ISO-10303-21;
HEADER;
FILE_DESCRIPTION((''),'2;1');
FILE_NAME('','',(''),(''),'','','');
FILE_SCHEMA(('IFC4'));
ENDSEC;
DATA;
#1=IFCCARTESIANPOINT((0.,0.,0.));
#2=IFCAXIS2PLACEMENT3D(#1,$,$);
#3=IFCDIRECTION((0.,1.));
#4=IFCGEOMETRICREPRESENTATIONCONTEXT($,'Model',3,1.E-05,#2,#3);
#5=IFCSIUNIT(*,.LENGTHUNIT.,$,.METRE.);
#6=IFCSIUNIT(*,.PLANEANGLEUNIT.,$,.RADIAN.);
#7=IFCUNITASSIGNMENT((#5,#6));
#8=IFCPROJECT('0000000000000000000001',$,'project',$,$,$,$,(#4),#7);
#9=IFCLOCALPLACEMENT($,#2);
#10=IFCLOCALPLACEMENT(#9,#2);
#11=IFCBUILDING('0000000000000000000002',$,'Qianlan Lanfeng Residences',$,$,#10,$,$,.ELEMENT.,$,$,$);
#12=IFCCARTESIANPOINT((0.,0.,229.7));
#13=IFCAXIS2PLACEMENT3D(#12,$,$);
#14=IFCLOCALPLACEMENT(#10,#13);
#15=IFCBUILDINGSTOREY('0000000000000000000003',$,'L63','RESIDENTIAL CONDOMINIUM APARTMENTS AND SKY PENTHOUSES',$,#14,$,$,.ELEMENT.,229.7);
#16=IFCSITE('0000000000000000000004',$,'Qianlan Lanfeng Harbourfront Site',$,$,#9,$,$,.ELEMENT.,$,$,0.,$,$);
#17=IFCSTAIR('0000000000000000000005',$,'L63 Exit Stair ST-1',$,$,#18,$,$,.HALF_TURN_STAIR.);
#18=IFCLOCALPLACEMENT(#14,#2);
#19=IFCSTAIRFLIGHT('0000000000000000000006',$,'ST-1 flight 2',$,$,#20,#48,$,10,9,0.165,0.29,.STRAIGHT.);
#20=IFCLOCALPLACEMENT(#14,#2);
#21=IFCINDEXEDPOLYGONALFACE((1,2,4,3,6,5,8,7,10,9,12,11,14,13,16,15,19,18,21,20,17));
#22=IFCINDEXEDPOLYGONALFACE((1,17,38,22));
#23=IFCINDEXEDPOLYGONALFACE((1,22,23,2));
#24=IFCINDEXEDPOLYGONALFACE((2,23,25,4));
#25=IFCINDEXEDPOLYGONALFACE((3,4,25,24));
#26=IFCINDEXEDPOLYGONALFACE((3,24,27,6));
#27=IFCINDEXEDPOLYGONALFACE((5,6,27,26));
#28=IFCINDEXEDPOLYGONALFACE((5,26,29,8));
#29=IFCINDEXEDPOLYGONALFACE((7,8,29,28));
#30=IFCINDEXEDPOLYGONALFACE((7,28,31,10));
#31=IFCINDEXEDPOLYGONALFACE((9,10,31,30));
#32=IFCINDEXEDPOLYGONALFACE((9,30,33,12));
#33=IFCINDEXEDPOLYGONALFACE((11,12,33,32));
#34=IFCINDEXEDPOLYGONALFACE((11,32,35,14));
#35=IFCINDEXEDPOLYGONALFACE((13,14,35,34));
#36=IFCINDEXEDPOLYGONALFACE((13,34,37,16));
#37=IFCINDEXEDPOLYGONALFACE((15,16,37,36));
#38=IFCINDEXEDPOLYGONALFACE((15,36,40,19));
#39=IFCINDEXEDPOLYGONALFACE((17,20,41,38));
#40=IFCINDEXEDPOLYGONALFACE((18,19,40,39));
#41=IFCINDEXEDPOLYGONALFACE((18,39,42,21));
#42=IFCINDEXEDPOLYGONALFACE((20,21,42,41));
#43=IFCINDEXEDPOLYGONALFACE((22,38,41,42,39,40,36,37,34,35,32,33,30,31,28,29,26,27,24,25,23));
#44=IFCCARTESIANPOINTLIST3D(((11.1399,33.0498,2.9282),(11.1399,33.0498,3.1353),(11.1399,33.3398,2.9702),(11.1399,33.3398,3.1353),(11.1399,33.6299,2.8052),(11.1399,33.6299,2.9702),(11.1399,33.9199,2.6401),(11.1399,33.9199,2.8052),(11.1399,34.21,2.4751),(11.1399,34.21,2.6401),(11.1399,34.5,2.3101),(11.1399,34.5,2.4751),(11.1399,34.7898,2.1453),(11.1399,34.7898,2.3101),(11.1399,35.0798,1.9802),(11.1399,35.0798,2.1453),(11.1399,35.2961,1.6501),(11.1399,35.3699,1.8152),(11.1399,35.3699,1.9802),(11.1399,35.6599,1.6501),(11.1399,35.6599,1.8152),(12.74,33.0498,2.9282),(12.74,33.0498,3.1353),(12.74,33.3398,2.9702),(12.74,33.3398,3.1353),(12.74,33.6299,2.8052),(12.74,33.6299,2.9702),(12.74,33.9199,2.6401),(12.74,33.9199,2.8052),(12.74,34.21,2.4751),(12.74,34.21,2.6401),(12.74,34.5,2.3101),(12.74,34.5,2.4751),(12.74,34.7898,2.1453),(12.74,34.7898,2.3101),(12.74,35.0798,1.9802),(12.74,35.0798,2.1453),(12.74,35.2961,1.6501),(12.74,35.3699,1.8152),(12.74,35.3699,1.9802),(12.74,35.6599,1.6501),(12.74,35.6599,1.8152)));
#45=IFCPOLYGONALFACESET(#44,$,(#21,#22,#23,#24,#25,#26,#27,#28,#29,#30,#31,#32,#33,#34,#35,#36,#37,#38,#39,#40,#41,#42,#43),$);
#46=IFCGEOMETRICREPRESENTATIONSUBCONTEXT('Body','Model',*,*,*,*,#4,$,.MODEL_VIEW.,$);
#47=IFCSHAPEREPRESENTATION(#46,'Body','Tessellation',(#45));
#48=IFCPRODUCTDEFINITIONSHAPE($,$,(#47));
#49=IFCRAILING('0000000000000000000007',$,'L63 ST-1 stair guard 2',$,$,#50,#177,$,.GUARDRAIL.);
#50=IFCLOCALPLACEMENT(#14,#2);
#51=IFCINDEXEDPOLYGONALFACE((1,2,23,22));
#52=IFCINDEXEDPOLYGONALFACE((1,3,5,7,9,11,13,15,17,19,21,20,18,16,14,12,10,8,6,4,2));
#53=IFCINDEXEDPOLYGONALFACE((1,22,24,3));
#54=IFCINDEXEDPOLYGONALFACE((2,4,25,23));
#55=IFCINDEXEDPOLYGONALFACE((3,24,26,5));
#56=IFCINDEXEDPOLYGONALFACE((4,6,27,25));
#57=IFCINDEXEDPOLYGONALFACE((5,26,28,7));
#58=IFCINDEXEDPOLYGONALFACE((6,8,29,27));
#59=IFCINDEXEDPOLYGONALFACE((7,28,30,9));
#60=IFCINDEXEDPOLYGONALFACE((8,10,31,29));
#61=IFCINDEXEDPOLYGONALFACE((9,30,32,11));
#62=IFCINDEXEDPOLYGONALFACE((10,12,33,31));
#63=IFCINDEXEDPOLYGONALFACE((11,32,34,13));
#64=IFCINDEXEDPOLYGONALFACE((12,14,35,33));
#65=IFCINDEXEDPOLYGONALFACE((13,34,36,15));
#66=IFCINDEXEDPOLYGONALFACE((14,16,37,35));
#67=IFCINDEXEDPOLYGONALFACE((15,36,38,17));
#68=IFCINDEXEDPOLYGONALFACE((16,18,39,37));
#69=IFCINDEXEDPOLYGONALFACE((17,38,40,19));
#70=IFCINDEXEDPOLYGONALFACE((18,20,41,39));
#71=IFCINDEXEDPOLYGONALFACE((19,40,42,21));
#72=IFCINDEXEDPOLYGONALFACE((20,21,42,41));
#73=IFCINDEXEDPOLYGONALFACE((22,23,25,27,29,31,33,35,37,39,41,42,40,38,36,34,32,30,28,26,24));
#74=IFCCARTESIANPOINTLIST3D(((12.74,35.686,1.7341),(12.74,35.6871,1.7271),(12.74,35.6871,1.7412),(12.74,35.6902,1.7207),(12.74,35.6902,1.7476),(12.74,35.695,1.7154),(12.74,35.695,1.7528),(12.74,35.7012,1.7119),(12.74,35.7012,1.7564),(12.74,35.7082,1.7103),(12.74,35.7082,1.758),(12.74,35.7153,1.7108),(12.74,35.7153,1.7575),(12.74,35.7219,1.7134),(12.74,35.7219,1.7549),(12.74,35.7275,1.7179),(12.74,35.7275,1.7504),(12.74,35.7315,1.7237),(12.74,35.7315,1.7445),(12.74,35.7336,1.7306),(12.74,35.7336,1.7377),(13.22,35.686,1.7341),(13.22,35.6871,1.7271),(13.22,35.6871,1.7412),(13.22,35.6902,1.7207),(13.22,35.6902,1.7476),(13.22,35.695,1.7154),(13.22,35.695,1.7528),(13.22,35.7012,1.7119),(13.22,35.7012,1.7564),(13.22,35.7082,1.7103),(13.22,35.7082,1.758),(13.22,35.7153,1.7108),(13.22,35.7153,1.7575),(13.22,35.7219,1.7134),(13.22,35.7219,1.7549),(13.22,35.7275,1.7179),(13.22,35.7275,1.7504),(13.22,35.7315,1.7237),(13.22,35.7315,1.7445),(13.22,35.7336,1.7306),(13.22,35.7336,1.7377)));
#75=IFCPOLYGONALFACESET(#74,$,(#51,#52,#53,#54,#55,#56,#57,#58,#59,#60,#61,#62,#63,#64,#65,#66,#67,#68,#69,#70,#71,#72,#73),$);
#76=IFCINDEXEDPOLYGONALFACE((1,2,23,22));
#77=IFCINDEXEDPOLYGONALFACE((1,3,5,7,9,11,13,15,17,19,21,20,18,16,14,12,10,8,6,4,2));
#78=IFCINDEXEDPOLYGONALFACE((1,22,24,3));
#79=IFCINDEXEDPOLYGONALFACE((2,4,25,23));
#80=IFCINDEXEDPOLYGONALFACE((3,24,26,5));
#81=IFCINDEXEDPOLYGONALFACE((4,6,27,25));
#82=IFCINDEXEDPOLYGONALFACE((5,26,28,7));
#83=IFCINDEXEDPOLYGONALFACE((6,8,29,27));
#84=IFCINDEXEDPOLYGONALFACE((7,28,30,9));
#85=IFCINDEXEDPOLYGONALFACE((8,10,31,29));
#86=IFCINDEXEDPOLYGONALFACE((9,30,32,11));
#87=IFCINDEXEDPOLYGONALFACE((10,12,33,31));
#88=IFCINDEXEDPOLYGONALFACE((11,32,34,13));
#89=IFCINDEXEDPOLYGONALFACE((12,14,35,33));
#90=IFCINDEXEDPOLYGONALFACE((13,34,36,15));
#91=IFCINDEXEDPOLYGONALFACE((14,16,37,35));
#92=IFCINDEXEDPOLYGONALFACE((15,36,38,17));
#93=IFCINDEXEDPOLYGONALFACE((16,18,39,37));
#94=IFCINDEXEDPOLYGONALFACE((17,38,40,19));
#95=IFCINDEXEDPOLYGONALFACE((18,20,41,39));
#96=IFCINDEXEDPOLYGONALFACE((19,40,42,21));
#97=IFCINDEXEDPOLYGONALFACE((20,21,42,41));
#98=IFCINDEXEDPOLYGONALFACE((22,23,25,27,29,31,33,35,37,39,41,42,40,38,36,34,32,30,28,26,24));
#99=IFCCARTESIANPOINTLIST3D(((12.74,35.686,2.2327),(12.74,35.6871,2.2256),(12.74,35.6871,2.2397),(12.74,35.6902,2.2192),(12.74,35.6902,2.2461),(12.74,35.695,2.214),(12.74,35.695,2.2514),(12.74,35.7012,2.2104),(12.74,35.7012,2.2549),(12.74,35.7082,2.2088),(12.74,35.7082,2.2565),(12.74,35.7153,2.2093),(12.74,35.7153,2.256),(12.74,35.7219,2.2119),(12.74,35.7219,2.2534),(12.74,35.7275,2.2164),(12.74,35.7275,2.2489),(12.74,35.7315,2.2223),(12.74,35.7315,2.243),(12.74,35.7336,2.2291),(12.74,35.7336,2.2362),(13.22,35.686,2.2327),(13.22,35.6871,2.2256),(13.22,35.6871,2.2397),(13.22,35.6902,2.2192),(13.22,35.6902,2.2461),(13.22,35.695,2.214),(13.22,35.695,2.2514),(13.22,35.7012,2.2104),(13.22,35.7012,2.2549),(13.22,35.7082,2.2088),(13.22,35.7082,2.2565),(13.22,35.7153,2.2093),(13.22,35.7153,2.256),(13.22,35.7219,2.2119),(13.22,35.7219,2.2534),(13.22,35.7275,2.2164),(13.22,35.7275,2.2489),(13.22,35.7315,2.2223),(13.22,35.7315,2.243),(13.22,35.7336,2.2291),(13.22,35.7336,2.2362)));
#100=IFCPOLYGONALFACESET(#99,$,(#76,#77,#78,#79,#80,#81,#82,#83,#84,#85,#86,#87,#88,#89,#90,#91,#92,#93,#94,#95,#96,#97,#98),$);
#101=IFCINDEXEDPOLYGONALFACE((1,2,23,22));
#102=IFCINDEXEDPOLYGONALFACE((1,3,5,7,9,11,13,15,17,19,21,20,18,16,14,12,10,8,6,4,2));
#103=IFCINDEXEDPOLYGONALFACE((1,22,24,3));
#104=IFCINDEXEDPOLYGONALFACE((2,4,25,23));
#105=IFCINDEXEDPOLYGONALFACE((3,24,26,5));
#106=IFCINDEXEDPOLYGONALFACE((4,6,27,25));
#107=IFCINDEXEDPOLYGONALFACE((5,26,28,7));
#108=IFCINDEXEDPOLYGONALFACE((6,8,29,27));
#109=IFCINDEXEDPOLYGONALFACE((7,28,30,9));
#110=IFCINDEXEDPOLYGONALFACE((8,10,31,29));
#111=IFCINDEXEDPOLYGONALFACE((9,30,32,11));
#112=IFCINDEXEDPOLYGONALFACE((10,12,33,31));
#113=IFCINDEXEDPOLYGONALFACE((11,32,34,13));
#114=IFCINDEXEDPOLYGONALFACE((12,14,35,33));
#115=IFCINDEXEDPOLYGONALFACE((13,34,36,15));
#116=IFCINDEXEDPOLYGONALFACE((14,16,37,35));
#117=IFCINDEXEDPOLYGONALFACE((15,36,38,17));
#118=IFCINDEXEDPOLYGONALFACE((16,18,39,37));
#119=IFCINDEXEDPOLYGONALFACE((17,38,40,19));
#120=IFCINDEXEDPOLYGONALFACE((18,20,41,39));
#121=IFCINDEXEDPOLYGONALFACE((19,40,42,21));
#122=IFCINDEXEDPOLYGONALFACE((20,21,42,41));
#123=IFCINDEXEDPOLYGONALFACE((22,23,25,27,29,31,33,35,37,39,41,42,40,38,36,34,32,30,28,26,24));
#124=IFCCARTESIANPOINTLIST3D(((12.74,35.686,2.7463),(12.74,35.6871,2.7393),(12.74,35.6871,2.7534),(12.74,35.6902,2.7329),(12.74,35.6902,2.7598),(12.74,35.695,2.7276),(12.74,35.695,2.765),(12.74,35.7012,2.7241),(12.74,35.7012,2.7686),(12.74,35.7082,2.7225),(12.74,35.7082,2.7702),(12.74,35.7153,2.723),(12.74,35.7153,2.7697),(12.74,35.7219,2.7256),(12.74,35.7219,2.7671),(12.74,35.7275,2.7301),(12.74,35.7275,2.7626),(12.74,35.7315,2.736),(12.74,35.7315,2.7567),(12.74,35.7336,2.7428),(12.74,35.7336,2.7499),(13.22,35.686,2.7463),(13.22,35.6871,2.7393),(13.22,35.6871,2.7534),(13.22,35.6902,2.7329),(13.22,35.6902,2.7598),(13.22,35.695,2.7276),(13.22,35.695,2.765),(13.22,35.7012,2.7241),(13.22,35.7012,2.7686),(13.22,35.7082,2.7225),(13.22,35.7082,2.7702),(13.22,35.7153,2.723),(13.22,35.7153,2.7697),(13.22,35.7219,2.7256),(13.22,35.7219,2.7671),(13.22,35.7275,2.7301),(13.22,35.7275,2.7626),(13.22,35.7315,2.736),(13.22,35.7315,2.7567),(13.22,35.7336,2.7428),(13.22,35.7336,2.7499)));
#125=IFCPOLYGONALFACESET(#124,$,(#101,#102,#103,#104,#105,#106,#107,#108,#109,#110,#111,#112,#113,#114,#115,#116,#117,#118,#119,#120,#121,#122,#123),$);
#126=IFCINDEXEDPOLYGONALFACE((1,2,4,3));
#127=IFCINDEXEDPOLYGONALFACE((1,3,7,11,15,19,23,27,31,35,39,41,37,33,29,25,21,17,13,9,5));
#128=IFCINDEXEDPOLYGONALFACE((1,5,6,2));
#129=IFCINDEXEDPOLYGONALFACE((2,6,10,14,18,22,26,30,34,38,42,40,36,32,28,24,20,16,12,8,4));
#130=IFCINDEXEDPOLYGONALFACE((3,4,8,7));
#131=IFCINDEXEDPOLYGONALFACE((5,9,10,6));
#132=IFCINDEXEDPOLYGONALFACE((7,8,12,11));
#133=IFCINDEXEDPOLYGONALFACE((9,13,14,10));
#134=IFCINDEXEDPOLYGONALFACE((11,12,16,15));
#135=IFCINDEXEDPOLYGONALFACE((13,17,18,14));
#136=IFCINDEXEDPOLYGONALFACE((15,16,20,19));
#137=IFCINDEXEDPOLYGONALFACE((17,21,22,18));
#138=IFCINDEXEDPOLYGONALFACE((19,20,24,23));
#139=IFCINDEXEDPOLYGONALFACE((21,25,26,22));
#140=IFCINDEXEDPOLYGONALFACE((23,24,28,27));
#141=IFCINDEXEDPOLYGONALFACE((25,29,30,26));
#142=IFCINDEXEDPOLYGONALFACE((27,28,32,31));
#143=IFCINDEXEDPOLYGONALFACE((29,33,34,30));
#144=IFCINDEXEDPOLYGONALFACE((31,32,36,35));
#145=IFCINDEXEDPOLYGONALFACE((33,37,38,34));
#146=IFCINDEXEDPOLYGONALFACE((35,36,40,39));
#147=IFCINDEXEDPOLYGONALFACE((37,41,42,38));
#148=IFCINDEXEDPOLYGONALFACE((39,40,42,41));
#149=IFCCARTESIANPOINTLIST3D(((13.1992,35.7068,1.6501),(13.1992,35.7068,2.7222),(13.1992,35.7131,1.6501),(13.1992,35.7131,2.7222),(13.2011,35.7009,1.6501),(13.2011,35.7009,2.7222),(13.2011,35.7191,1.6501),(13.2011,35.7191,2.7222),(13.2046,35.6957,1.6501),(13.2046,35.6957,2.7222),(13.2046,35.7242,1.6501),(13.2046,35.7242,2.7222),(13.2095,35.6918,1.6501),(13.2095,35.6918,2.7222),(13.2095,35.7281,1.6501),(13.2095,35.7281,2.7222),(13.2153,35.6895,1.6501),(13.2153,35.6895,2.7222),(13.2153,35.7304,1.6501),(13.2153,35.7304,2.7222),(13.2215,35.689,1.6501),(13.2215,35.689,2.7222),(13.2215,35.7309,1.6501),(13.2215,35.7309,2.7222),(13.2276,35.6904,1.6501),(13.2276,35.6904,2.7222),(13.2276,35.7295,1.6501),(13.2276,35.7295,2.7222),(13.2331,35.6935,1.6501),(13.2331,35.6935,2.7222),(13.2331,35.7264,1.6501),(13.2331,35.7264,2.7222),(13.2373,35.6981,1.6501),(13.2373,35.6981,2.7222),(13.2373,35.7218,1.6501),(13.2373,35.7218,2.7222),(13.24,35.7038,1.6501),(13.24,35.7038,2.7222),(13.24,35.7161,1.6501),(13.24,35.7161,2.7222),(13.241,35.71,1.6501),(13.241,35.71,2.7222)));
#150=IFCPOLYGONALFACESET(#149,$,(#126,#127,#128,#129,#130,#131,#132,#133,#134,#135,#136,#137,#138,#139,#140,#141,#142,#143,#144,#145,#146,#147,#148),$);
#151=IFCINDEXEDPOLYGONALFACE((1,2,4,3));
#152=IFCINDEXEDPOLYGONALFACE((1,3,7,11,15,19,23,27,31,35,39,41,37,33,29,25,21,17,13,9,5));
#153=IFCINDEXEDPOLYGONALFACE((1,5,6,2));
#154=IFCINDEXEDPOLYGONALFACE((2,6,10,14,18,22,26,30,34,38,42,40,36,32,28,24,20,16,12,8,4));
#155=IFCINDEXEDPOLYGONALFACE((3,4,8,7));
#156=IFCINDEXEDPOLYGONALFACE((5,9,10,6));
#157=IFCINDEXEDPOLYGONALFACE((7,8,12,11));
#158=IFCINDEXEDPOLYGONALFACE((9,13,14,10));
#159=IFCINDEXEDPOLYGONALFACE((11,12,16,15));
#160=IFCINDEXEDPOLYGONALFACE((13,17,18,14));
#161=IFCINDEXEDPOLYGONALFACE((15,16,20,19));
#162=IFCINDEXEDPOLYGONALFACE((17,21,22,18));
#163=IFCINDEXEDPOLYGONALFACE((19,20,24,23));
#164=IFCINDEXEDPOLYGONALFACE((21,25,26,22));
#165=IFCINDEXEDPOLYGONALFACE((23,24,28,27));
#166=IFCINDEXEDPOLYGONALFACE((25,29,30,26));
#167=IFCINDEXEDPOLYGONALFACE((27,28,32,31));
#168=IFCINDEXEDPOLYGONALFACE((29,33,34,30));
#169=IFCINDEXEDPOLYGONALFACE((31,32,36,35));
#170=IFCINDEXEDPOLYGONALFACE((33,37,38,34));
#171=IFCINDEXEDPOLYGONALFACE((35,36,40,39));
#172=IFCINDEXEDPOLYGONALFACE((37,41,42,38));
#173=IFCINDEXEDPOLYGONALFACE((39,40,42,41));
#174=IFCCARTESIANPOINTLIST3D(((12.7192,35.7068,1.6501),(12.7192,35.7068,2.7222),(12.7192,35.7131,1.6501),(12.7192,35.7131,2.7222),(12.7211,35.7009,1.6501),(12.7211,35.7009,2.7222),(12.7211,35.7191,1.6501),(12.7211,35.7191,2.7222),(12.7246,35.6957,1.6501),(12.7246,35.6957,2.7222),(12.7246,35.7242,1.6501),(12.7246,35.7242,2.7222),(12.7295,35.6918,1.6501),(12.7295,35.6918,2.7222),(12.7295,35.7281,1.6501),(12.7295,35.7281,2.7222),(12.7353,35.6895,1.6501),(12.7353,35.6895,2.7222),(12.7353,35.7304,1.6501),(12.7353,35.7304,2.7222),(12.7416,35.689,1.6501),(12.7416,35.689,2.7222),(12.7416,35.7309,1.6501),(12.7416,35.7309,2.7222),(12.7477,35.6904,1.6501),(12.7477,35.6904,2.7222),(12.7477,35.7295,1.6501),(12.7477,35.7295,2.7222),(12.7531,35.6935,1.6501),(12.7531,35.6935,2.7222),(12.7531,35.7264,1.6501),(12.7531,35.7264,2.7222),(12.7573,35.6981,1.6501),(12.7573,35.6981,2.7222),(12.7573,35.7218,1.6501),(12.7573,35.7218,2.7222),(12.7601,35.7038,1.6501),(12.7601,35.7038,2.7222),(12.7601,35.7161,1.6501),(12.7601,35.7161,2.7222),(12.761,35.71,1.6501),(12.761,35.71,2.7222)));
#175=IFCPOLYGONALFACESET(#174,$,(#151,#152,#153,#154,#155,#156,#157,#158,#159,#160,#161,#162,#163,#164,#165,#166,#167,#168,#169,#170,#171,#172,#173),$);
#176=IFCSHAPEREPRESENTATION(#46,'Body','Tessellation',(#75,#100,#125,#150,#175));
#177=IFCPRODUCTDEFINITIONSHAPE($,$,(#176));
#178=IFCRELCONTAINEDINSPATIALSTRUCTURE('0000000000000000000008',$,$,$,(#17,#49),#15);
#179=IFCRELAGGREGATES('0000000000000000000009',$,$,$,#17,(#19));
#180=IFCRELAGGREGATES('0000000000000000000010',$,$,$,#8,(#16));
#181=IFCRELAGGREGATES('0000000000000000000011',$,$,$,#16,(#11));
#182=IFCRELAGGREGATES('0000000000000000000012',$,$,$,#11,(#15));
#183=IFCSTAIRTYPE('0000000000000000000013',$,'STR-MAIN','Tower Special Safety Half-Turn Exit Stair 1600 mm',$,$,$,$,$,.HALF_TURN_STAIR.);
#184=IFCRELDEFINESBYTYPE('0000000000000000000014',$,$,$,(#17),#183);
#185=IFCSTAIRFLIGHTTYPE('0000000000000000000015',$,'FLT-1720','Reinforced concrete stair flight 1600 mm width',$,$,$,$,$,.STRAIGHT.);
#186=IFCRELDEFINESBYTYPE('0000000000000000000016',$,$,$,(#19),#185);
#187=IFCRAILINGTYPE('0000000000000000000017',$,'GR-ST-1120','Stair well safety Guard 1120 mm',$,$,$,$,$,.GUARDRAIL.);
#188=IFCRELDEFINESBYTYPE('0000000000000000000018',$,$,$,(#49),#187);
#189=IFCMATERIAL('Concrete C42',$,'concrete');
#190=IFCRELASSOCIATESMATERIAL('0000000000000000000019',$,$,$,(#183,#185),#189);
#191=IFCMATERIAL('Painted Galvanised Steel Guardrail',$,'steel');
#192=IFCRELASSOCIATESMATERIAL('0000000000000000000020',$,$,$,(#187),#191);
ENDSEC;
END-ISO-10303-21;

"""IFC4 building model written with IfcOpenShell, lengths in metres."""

from ifc_helpers import new_model, si_unit, direction, frame, origin, origin_2d, place, context, subcontext, project, spatial, polyline, circle, outline, extrude, material, type_object, element, aggregate, save


model = new_model("IFC4")

# Units and contexts
model_context = context("Model", 3, precision=1e-05, world=origin(), true_north=direction((0.0, 1.0)))
body_context = subcontext(model_context, "Body", "Model", "MODEL_VIEW")
ifc_project = project(units=[si_unit("LENGTHUNIT", "METRE"), si_unit("PLANEANGLEUNIT", "RADIAN")], contexts=[model_context])

# Site, building, storey
site_placement = place(None, origin())
site = spatial("IfcSite", under=ifc_project, at=site_placement, Name="Qianlan Lanfeng Harbourfront Site", CompositionType="ELEMENT", RefElevation=0.0)
building_placement = place(site_placement, origin())
building = spatial("IfcBuilding", under=site, at=building_placement, Name="Qianlan Lanfeng Residences", CompositionType="ELEMENT")
storey_placement = place(building_placement, frame((0.0, 0.0, 229.7)))
storey = spatial("IfcBuildingStorey", under=building, at=storey_placement, Name="L63", Description="RESIDENTIAL CONDOMINIUM APARTMENTS AND SKY PENTHOUSES", CompositionType="ELEMENT", Elevation=229.7)

# Shared definitions
ifc_material_1 = material(Name="Concrete C42", Category="concrete")

# Stair, stair flight
stair_type = type_object("IfcStairType", Name="STR-MAIN", Description="Tower Special Safety Half-Turn Exit Stair 1600 mm", PredefinedType="HALF_TURN_STAIR", material=ifc_material_1)
stair_placement = place(storey_placement, origin())
stair = element("IfcStair", 1, at=stair_placement, inside=storey, type_object=stair_type, Name="L63 Exit Stair ST-1", PredefinedType="HALF_TURN_STAIR")
stair_flight_type = type_object("IfcStairFlightType", Name="FLT-1720", Description="Reinforced concrete stair flight 1600 mm width", PredefinedType="STRAIGHT", material=ifc_material_1)
stair_flight_1_placement = place(storey_placement, frame((11.9399, 35.6599, 1.6501), z_axis=(0.0, 0.0, 1.0), x_axis=(0.0, -1.0, 0.0)))
stair_flight_1 = element("IfcStairFlight", 2, at=stair_flight_1_placement, type_object=stair_flight_type, Name="ST-1 flight 2", NumberOfRisers=10, NumberOfTreads=9, PredefinedType="STRAIGHT", RiserHeight=0.165, TreadLength=0.29, context=body_context, shape_type="SweptSolid", body=[
    extrude(outline(polyline([(0.0, 0.0), (0.0, 0.165), (0.29, 0.165), (0.29, 0.3301), (0.5801, 0.3301), (0.5801, 0.4951), (0.8701, 0.4951), (0.8701, 0.6599), (1.1599, 0.6599), (1.1599, 0.825), (1.45, 0.825), (1.45, 0.99), (1.74, 0.99), (1.74, 1.155), (2.03, 1.155), (2.03, 1.3201), (2.3201, 1.3201), (2.3201, 1.4851), (2.6101, 1.4851), (2.6101, 1.6499), (2.6101, 1.2781), (0.3638, 0.0), (0.0, 0.0)])), frame((0.0, 0.8, 0.0), z_axis=(0.0, -1.0, 0.0), x_axis=(1.0, 0.0, 0.0)), (0.0, 0.0, 1.0), 1.6001),
])
aggregate(stair, [stair_flight_1])

# Railing
ifc_material_2 = material(Name="Painted Galvanised Steel Guardrail", Category="steel")
railing_type_1 = type_object("IfcRailingType", Name="GR-ST-1120", Description="Stair well safety Guard 1120 mm", PredefinedType="GUARDRAIL", material=ifc_material_2)
railing_1_placement = place(storey_placement, frame((13.22, 35.71, 1.6501)))
element("IfcRailing", 3, at=railing_1_placement, inside=storey, type_object=railing_type_1, Name="L63 ST-1 stair guard 2", PredefinedType="GUARDRAIL", context=body_context, shape_type="SweptSolid", body=[
    extrude(circle(Radius=0.0239, at=origin_2d()), frame((0.0, 0.0, 0.084), z_axis=(-1.0, 0.0, 0.0), x_axis=(0.0, -1.0, 0.0)), (0.0, 0.0, 1.0), 0.48),
    extrude(circle(Radius=0.0239, at=origin_2d()), frame((0.0, 0.0, 0.5825), z_axis=(-1.0, 0.0, 0.0), x_axis=(0.0, -1.0, 0.0)), (0.0, 0.0, 1.0), 0.48),
    extrude(circle(Radius=0.0239, at=origin_2d()), frame((0.0, 0.0, 1.0962), z_axis=(-1.0, 0.0, 0.0), x_axis=(0.0, -1.0, 0.0)), (0.0, 0.0, 1.0), 0.48),
    extrude(circle(Radius=0.021, at=origin_2d()), origin(), (0.0, 0.0, 1.0), 1.072),
    extrude(circle(Radius=0.021, at=origin_2d()), frame((-0.48, 0.0, 0.0)), (0.0, 0.0, 1.0), 1.072),
])

save(model, "model.ifc")
